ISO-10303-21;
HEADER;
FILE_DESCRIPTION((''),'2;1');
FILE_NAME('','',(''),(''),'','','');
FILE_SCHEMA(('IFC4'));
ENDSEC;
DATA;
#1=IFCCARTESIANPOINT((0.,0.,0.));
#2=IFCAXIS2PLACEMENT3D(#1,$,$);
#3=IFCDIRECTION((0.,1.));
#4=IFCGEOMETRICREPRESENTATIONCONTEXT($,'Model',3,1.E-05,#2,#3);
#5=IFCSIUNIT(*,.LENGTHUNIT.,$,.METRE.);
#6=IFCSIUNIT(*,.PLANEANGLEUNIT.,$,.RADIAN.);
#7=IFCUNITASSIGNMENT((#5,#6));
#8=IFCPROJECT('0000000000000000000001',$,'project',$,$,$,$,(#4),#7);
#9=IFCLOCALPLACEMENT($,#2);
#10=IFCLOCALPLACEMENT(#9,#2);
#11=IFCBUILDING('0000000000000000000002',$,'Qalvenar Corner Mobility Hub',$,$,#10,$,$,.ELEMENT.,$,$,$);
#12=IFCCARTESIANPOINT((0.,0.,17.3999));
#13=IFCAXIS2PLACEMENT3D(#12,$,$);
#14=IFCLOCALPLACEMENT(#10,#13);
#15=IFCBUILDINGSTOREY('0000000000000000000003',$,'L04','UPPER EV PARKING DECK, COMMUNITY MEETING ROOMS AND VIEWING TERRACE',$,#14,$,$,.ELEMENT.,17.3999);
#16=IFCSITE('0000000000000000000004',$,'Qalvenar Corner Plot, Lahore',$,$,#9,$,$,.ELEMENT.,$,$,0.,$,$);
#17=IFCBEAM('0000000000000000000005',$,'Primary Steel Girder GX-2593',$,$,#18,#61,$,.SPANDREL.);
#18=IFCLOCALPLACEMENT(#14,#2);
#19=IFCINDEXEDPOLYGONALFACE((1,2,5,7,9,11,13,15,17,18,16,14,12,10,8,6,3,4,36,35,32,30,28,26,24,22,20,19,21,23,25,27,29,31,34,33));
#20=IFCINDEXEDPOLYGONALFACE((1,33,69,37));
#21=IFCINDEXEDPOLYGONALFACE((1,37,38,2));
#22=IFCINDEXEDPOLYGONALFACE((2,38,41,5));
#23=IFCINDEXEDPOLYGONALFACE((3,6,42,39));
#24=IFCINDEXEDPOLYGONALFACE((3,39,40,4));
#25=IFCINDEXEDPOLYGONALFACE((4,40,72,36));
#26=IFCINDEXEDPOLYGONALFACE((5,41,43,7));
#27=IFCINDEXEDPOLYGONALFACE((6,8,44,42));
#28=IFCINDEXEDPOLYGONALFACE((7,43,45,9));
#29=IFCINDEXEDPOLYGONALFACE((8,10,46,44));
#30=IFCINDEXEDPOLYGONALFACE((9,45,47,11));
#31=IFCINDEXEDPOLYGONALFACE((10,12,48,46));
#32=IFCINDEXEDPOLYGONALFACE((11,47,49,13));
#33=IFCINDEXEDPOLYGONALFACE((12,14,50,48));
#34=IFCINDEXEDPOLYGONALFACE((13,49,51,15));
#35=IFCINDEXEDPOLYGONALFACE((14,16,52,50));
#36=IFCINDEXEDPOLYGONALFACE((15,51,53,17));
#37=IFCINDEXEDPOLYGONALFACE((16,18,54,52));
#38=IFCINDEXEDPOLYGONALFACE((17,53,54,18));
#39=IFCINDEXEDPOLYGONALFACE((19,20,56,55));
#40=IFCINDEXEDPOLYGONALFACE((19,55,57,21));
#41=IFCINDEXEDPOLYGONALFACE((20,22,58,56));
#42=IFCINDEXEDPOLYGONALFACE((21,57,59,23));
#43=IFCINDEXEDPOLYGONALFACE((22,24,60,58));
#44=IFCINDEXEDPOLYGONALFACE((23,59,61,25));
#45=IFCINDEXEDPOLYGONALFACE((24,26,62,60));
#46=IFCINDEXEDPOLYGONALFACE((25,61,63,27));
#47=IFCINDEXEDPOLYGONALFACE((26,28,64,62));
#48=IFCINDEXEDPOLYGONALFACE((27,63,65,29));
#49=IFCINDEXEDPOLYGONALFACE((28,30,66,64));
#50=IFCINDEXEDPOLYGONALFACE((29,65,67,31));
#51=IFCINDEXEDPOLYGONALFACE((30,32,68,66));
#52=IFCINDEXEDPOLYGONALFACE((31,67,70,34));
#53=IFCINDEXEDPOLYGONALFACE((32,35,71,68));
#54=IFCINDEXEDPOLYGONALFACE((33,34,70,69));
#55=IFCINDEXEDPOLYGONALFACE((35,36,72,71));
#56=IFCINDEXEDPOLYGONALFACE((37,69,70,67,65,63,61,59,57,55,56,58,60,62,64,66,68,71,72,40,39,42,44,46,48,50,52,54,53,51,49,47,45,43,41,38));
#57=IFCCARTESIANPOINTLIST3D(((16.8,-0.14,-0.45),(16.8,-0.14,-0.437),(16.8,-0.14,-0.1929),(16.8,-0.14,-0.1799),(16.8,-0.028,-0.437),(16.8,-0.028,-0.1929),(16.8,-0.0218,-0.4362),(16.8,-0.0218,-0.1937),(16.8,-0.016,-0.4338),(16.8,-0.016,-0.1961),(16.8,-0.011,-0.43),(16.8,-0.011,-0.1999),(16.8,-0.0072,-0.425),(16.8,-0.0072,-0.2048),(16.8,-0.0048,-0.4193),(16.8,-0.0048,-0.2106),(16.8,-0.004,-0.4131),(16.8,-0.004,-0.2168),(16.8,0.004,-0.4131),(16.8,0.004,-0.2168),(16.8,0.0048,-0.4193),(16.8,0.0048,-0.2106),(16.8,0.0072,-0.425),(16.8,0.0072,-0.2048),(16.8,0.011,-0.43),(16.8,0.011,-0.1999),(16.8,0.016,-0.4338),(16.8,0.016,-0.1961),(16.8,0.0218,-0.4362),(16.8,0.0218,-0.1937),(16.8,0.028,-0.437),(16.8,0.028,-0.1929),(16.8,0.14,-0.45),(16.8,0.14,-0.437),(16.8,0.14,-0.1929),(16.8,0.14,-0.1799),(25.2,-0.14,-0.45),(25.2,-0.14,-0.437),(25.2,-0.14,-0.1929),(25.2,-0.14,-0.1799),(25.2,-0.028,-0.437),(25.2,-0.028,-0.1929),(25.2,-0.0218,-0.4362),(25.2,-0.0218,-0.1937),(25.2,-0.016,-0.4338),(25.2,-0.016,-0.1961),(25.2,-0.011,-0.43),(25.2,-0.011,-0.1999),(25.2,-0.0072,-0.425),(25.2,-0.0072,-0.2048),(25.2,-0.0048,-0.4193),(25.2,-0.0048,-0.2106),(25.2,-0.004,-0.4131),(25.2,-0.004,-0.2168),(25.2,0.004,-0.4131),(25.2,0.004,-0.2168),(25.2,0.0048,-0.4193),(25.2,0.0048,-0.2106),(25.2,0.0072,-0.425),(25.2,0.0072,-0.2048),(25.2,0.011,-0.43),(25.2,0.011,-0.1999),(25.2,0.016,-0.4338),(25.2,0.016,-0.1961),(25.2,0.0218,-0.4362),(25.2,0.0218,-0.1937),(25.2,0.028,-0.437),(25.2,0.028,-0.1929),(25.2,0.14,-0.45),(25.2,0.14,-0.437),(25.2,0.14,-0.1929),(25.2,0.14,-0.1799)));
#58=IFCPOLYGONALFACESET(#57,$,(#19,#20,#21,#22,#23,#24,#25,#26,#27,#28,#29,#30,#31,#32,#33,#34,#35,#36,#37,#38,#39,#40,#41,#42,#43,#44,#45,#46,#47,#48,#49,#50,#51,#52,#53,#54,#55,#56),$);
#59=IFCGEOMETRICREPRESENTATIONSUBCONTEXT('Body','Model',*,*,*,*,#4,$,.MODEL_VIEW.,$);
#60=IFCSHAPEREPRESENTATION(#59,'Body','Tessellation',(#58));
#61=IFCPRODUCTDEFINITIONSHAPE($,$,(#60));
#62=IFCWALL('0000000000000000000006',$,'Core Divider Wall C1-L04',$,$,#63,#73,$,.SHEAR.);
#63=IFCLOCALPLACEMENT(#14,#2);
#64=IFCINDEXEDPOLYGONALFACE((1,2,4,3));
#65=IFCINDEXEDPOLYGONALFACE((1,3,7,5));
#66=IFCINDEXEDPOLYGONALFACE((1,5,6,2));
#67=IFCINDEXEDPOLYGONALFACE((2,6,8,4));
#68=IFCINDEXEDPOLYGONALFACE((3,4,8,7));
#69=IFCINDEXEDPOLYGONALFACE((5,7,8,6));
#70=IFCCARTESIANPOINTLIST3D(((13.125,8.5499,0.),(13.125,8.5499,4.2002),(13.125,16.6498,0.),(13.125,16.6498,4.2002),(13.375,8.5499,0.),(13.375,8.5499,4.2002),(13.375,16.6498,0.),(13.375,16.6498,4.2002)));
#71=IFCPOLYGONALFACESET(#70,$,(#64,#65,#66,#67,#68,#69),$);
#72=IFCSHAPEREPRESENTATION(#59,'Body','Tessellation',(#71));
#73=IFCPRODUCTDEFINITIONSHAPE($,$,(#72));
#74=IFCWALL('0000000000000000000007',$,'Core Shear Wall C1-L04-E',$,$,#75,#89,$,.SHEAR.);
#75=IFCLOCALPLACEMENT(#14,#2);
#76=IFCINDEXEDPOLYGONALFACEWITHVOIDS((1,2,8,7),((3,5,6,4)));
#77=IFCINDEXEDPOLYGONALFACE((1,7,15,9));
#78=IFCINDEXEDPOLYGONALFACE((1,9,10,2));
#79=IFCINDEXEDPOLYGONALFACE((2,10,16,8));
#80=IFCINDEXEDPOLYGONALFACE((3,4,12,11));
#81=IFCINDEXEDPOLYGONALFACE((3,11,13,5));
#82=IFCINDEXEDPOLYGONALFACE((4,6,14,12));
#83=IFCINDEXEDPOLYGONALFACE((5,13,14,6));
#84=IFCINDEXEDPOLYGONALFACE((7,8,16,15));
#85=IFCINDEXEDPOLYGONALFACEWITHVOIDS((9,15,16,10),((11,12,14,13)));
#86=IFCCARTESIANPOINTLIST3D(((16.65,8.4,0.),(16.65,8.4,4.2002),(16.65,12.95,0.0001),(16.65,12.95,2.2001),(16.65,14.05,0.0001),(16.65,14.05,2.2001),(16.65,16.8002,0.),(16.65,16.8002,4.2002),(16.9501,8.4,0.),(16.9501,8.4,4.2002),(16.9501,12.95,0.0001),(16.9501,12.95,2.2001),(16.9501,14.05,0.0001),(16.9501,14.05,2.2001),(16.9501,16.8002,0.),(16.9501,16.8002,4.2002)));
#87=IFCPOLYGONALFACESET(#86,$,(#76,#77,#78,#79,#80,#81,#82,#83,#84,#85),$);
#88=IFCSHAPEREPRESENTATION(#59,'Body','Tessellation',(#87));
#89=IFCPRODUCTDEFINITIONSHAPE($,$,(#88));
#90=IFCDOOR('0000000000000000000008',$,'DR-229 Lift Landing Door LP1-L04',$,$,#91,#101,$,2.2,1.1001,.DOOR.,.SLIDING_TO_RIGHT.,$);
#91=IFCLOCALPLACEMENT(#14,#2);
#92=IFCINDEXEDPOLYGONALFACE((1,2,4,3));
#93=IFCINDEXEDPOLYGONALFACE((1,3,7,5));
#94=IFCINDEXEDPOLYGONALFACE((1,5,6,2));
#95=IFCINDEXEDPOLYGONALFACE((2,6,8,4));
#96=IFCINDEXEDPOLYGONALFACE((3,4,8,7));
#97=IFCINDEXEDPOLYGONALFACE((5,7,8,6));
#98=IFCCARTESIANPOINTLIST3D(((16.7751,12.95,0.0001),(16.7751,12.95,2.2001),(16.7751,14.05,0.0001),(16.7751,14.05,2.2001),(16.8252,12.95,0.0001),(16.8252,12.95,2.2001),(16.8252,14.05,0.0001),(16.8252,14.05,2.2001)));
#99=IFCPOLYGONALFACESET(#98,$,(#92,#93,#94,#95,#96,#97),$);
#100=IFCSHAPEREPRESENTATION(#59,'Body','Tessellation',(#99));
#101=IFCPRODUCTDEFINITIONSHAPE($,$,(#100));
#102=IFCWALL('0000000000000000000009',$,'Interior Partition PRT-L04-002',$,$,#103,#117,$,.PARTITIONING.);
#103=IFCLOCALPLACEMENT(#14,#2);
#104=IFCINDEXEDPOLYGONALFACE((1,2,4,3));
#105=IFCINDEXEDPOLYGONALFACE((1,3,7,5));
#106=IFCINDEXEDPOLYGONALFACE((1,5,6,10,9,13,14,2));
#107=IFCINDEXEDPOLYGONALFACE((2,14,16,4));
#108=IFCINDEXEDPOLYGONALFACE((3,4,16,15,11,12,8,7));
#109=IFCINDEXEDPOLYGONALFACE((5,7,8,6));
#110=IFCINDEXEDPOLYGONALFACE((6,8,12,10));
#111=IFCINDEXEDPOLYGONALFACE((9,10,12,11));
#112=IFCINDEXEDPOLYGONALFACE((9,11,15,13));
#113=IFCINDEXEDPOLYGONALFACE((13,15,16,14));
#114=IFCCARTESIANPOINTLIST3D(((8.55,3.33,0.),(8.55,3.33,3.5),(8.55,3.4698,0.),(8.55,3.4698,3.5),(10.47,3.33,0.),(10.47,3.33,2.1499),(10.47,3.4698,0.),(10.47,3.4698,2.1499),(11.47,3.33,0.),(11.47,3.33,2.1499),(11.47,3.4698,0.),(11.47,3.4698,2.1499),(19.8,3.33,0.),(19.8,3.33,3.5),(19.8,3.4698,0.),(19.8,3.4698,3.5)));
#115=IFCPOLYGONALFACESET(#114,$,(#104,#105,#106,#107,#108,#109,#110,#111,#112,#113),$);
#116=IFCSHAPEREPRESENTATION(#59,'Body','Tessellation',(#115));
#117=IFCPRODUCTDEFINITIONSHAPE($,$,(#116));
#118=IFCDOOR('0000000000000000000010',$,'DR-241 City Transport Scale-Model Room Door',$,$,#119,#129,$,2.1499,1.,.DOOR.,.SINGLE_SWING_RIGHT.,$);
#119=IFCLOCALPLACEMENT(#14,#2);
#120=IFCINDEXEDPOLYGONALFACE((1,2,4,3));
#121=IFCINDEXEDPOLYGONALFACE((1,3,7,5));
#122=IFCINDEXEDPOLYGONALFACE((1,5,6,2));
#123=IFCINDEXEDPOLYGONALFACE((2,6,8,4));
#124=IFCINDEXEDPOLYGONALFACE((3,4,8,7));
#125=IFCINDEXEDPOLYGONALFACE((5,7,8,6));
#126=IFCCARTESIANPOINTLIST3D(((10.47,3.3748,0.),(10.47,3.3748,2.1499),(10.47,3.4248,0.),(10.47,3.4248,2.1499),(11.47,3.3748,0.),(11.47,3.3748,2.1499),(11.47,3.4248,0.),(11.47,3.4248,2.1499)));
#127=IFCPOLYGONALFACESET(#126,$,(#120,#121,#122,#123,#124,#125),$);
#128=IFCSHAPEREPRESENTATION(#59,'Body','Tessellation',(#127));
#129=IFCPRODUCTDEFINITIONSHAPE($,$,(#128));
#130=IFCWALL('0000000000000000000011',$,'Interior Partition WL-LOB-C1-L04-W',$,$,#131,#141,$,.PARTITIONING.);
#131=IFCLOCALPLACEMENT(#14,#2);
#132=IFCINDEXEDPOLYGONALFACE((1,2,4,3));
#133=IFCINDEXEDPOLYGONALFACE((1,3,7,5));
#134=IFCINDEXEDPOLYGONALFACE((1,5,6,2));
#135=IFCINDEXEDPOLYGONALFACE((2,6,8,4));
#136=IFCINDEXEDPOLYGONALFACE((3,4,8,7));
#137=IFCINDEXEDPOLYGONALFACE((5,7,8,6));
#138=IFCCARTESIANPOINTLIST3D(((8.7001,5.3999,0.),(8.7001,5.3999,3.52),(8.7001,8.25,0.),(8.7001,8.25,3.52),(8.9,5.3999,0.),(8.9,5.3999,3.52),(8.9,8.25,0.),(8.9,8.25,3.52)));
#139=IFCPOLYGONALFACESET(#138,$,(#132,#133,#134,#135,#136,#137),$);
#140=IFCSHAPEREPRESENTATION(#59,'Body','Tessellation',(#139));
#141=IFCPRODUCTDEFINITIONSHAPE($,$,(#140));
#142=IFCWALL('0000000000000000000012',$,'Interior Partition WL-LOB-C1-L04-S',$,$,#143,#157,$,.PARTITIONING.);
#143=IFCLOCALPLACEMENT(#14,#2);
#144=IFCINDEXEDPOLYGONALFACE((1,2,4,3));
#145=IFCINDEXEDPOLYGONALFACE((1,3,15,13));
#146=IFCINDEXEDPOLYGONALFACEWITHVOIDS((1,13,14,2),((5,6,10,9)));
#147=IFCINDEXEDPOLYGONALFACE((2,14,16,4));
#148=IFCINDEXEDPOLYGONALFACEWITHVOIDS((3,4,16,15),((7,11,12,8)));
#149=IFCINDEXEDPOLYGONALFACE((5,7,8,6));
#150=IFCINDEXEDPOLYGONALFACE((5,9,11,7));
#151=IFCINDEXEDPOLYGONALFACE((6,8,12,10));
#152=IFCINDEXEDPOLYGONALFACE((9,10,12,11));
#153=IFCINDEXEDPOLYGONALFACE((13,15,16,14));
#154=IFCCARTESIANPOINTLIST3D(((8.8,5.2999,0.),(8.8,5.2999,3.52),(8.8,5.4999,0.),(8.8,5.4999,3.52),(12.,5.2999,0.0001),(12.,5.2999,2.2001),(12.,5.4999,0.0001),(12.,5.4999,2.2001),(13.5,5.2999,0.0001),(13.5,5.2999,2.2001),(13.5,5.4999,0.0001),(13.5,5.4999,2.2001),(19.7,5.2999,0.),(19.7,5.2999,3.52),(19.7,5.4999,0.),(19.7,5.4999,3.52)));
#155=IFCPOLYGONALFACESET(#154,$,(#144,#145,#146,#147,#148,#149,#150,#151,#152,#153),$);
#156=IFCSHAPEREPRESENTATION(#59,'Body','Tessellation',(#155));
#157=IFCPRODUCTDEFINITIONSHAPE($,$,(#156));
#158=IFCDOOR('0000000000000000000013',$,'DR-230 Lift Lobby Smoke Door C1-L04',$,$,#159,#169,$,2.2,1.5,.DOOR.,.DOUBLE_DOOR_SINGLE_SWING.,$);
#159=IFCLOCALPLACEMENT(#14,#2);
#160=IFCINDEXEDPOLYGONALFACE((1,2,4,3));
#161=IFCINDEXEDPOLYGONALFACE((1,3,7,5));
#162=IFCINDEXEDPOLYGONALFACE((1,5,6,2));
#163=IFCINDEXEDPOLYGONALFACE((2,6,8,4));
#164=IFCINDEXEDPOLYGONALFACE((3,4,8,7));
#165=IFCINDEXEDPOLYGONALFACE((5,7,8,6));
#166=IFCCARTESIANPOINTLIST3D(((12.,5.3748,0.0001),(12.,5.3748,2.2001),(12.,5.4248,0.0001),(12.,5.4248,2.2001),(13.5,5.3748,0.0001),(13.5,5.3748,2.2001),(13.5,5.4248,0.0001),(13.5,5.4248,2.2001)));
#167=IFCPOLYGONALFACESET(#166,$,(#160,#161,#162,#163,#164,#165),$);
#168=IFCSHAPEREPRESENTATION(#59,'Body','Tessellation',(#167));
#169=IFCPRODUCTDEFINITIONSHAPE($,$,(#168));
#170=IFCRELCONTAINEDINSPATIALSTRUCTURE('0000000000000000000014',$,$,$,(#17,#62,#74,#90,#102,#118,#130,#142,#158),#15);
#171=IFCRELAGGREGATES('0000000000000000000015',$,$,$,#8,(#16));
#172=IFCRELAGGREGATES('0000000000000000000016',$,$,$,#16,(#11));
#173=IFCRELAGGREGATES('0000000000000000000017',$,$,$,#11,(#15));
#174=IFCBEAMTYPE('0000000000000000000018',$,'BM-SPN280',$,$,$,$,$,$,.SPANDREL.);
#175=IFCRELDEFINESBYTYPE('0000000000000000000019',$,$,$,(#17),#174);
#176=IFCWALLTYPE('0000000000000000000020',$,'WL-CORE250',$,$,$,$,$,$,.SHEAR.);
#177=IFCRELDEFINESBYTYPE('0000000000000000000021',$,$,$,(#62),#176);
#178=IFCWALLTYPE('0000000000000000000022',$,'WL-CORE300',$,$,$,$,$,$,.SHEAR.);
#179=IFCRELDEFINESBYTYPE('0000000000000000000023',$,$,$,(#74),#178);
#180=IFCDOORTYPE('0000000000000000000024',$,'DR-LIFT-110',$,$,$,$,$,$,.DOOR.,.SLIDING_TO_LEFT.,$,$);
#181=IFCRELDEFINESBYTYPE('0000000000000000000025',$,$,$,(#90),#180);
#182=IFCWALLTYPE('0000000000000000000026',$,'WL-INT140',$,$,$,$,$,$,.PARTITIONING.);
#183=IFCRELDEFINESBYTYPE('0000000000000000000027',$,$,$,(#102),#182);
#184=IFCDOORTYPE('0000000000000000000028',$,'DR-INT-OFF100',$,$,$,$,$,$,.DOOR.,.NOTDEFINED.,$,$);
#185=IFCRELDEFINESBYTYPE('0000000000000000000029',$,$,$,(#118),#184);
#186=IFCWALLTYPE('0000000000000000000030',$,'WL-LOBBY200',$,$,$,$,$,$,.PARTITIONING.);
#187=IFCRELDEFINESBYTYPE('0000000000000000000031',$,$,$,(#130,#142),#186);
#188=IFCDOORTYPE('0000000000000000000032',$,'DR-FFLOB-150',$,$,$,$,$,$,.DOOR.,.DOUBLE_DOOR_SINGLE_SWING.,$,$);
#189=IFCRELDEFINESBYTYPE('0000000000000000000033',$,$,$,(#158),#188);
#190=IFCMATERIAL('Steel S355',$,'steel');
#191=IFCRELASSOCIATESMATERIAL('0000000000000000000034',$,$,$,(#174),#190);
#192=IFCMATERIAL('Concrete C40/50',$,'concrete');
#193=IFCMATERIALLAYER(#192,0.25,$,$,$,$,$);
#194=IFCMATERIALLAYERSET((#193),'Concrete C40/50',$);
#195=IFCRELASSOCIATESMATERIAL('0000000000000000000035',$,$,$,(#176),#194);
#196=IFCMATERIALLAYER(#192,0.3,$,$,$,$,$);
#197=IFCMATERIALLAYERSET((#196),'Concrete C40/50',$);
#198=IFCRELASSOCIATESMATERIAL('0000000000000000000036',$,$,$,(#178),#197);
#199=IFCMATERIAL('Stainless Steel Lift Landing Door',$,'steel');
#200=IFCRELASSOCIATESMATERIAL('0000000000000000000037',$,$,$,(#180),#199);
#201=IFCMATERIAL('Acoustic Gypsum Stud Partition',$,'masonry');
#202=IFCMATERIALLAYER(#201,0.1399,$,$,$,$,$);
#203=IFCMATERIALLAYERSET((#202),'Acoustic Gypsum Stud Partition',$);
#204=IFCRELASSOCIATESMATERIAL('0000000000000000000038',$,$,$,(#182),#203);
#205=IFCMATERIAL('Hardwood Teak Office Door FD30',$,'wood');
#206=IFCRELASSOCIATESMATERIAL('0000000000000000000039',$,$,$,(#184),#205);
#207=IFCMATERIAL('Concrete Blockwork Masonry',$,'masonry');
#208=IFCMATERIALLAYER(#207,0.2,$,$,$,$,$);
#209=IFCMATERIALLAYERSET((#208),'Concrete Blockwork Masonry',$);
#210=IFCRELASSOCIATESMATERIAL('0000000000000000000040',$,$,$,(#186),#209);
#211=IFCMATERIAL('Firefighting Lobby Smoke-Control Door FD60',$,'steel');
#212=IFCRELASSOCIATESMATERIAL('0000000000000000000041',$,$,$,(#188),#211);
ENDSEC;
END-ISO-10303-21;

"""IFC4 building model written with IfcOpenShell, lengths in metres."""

from ifc_helpers import new_model, si_unit, direction, frame, frame_2d, origin, origin_2d, place, context, subcontext, project, spatial, rectangle, i_section, extrude, material, layer, layer_set, material_profile, profile_set, type_object, element, fill, save


model = new_model("IFC4")

# Units and contexts
model_context = context("Model", 3, precision=1e-05, world=origin(), true_north=direction((0.0, 1.0)))
body_context = subcontext(model_context, "Body", "Model", "MODEL_VIEW")
ifc_project = project(units=[si_unit("LENGTHUNIT", "METRE"), si_unit("PLANEANGLEUNIT", "RADIAN")], contexts=[model_context])

# Site, building, storey
site_placement = place(None, origin())
site = spatial("IfcSite", under=ifc_project, at=site_placement, Name="Qalvenar Corner Plot, Lahore", CompositionType="ELEMENT", RefElevation=0.0)
building_placement = place(site_placement, origin())
building = spatial("IfcBuilding", under=site, at=building_placement, Name="Qalvenar Corner Mobility Hub", CompositionType="ELEMENT")
storey_placement = place(building_placement, frame((0.0, 0.0, 17.3999)))
storey = spatial("IfcBuildingStorey", under=building, at=storey_placement, Name="L04", Description="UPPER EV PARKING DECK, COMMUNITY MEETING ROOMS AND VIEWING TERRACE", CompositionType="ELEMENT", Elevation=17.3999)

# Shared definitions
ifc_material_1 = material(Name="Steel S355", Category="steel")

# Beam
ifc_material_profile_1 = material_profile(ifc_material_1, i_section(OverallWidth=0.28, OverallDepth=0.27, WebThickness=0.0081, FlangeThickness=0.0129, FilletRadius=0.0239, at=origin_2d()), Name="HEA280")
ifc_profile_set_1 = profile_set([ifc_material_profile_1], Name="Steel S355")
beam_type_1 = type_object("IfcBeamType", Name="BM-SPN280", PredefinedType="SPANDREL", material=ifc_profile_set_1)
beam_1_placement = place(storey_placement, frame((16.8, 0.0, -0.3149), z_axis=(1.0, 0.0, 0.0), x_axis=(0.0, 1.0, 0.0)))
element("IfcBeam", 1, at=beam_1_placement, inside=storey, type_object=beam_type_1, Name="Primary Steel Girder GX-2593", PredefinedType="SPANDREL", context=body_context, shape_type="SweptSolid", body=[
    extrude(i_section(OverallWidth=0.28, OverallDepth=0.27, WebThickness=0.0081, FlangeThickness=0.0129, FilletRadius=0.0239, at=origin_2d()), origin(), (0.0, 0.0, 1.0), 8.3999),
])

# Wall
ifc_material_2 = material(Name="Concrete C40/50", Category="concrete")
ifc_layer_1 = layer(ifc_material_2, 0.25)
ifc_layer_set_1 = layer_set([ifc_layer_1], Name="Concrete C40/50")
wall_type_1 = type_object("IfcWallType", Name="WL-CORE250", PredefinedType="SHEAR", material=ifc_layer_set_1)
wall_1_placement = place(storey_placement, frame((13.25, 8.55, 0.0), z_axis=(0.0, 0.0, 1.0), x_axis=(0.0, 1.0, 0.0)))
element("IfcWall", 2, at=wall_1_placement, inside=storey, type_object=wall_type_1, Name="Core Divider Wall C1-L04", PredefinedType="SHEAR", context=body_context, shape_type="SweptSolid", body=[
    extrude(rectangle(XDim=8.0999, YDim=0.25, at=frame_2d((4.0498, 0.0))), origin(), (0.0, 0.0, 1.0), 4.2002),
])

# Walls, openings, doors
ifc_layer_2 = layer(ifc_material_2, 0.3)
ifc_layer_set_2 = layer_set([ifc_layer_2], Name="Concrete C40/50")
wall_type_2 = type_object("IfcWallType", Name="WL-CORE300", PredefinedType="SHEAR", material=ifc_layer_set_2)
wall_2_placement = place(storey_placement, frame((16.8, 8.3999, 0.0), z_axis=(0.0, 0.0, 1.0), x_axis=(0.0, 1.0, 0.0)))
wall_2 = element("IfcWall", 3, at=wall_2_placement, inside=storey, type_object=wall_type_2, Name="Core Shear Wall C1-L04-E", PredefinedType="SHEAR", context=body_context, shape_type="SweptSolid", body=[
    extrude(rectangle(XDim=8.4001, YDim=0.3, at=frame_2d((4.2002, 0.0))), origin(), (0.0, 0.0, 1.0), 4.2002),
])
opening_1_placement = place(wall_2_placement, frame((4.55, 0.0, 0.0)))
opening_1 = element("IfcOpeningElement", 4, at=opening_1_placement, cuts=wall_2, PredefinedType="OPENING", context=body_context, shape_type="SweptSolid", body=[
    extrude(rectangle(XDim=1.1001, YDim=2.2, at=frame_2d((0.55, 1.1001))), frame((0.0, 0.1602, 0.0), z_axis=(0.0, -1.0, 0.0), x_axis=(1.0, 0.0, 0.0)), (0.0, 0.0, 1.0), 0.3201),
])
ifc_material_3 = material(Name="Stainless Steel Lift Landing Door", Category="steel")
door_type_1 = type_object("IfcDoorType", Name="DR-LIFT-110", OperationType="SLIDING_TO_LEFT", PredefinedType="DOOR", material=ifc_material_3)
door_1_placement = place(opening_1_placement, origin())
door_1 = element("IfcDoor", 5, at=door_1_placement, inside=storey, type_object=door_type_1, Name="DR-229 Lift Landing Door LP1-L04", OperationType="SLIDING_TO_RIGHT", OverallHeight=2.2, OverallWidth=1.1001, PredefinedType="DOOR", context=body_context, shape_type="SweptSolid", body=[
    extrude(rectangle(XDim=1.1001, YDim=2.2, at=frame_2d((0.55, 1.1001))), frame((0.0, 0.0249, 0.0), z_axis=(0.0, -1.0, 0.0), x_axis=(1.0, 0.0, 0.0)), (0.0, 0.0, 1.0), 0.05),
])
fill(opening_1, door_1)
ifc_material_4 = material(Name="Acoustic Gypsum Stud Partition", Category="masonry")
ifc_layer_3 = layer(ifc_material_4, 0.1399)
ifc_layer_set_3 = layer_set([ifc_layer_3], Name="Acoustic Gypsum Stud Partition")
wall_type_3 = type_object("IfcWallType", Name="WL-INT140", PredefinedType="PARTITIONING", material=ifc_layer_set_3)
wall_3_placement = place(storey_placement, frame((8.55, 3.3999, 0.0), z_axis=(0.0, 0.0, 1.0), x_axis=(1.0, 0.0, 0.0)))
wall_3 = element("IfcWall", 6, at=wall_3_placement, inside=storey, type_object=wall_type_3, Name="Interior Partition PRT-L04-002", PredefinedType="PARTITIONING", context=body_context, shape_type="SweptSolid", body=[
    extrude(rectangle(XDim=11.25, YDim=0.1399, at=frame_2d((5.625, 0.0))), origin(), (0.0, 0.0, 1.0), 3.5),
])
opening_2_placement = place(wall_3_placement, frame((1.9199, 0.0, 0.0)))
opening_2 = element("IfcOpeningElement", 7, at=opening_2_placement, cuts=wall_3, PredefinedType="OPENING", context=body_context, shape_type="SweptSolid", body=[
    extrude(rectangle(XDim=1.0, YDim=2.1499, at=frame_2d((0.5, 1.075))), frame((0.0, 0.0801, 0.0), z_axis=(0.0, -1.0, 0.0), x_axis=(1.0, 0.0, 0.0)), (0.0, 0.0, 1.0), 0.1599),
])
ifc_material_5 = material(Name="Hardwood Teak Office Door FD30", Category="wood")
door_type_2 = type_object("IfcDoorType", Name="DR-INT-OFF100", OperationType="NOTDEFINED", PredefinedType="DOOR", material=ifc_material_5)
door_2_placement = place(opening_2_placement, origin())
door_2 = element("IfcDoor", 8, at=door_2_placement, inside=storey, type_object=door_type_2, Name="DR-241 City Transport Scale-Model Room Door", OperationType="SINGLE_SWING_RIGHT", OverallHeight=2.1499, OverallWidth=1.0, PredefinedType="DOOR", context=body_context, shape_type="SweptSolid", body=[
    extrude(rectangle(XDim=1.0, YDim=2.1499, at=frame_2d((0.5, 1.075))), frame((0.0, 0.0249, 0.0), z_axis=(0.0, -1.0, 0.0), x_axis=(1.0, 0.0, 0.0)), (0.0, 0.0, 1.0), 0.05),
])
fill(opening_2, door_2)

# Wall
ifc_material_6 = material(Name="Concrete Blockwork Masonry", Category="masonry")
ifc_layer_4 = layer(ifc_material_6, 0.2)
ifc_layer_set_4 = layer_set([ifc_layer_4], Name="Concrete Blockwork Masonry")
wall_type_4 = type_object("IfcWallType", Name="WL-LOBBY200", PredefinedType="PARTITIONING", material=ifc_layer_set_4)
wall_4_placement = place(storey_placement, frame((8.8, 5.3999, 0.0), z_axis=(0.0, 0.0, 1.0), x_axis=(0.0, 1.0, 0.0)))
element("IfcWall", 9, at=wall_4_placement, inside=storey, type_object=wall_type_4, Name="Interior Partition WL-LOB-C1-L04-W", PredefinedType="PARTITIONING", context=body_context, shape_type="SweptSolid", body=[
    extrude(rectangle(XDim=2.8501, YDim=0.2, at=frame_2d((1.425, 0.0))), origin(), (0.0, 0.0, 1.0), 3.52),
])

# Wall, opening, door
wall_5_placement = place(storey_placement, frame((8.8, 5.3999, 0.0), z_axis=(0.0, 0.0, 1.0), x_axis=(1.0, 0.0, 0.0)))
wall_5 = element("IfcWall", 10, at=wall_5_placement, inside=storey, type_object=wall_type_4, Name="Interior Partition WL-LOB-C1-L04-S", PredefinedType="PARTITIONING", context=body_context, shape_type="SweptSolid", body=[
    extrude(rectangle(XDim=10.8999, YDim=0.2, at=frame_2d((5.45, 0.0))), origin(), (0.0, 0.0, 1.0), 3.52),
])
opening_3_placement = place(wall_5_placement, frame((3.2, 0.0, 0.0)))
opening_3 = element("IfcOpeningElement", 11, at=opening_3_placement, cuts=wall_5, PredefinedType="OPENING", context=body_context, shape_type="SweptSolid", body=[
    extrude(rectangle(XDim=1.5, YDim=2.2, at=frame_2d((0.75, 1.1001))), frame((0.0, 0.1099, 0.0), z_axis=(0.0, -1.0, 0.0), x_axis=(1.0, 0.0, 0.0)), (0.0, 0.0, 1.0), 0.22),
])
ifc_material_7 = material(Name="Firefighting Lobby Smoke-Control Door FD60", Category="steel")
door_type_3 = type_object("IfcDoorType", Name="DR-FFLOB-150", OperationType="DOUBLE_DOOR_SINGLE_SWING", PredefinedType="DOOR", material=ifc_material_7)
door_3_placement = place(opening_3_placement, origin())
door_3 = element("IfcDoor", 12, at=door_3_placement, inside=storey, type_object=door_type_3, Name="DR-230 Lift Lobby Smoke Door C1-L04", OperationType="DOUBLE_DOOR_SINGLE_SWING", OverallHeight=2.2, OverallWidth=1.5, PredefinedType="DOOR", context=body_context, shape_type="SweptSolid", body=[
    extrude(rectangle(XDim=1.5, YDim=2.2, at=frame_2d((0.75, 1.1001))), frame((0.0, 0.0249, 0.0), z_axis=(0.0, -1.0, 0.0), x_axis=(1.0, 0.0, 0.0)), (0.0, 0.0, 1.0), 0.05),
])
fill(opening_3, door_3)

save(model, "model.ifc")
